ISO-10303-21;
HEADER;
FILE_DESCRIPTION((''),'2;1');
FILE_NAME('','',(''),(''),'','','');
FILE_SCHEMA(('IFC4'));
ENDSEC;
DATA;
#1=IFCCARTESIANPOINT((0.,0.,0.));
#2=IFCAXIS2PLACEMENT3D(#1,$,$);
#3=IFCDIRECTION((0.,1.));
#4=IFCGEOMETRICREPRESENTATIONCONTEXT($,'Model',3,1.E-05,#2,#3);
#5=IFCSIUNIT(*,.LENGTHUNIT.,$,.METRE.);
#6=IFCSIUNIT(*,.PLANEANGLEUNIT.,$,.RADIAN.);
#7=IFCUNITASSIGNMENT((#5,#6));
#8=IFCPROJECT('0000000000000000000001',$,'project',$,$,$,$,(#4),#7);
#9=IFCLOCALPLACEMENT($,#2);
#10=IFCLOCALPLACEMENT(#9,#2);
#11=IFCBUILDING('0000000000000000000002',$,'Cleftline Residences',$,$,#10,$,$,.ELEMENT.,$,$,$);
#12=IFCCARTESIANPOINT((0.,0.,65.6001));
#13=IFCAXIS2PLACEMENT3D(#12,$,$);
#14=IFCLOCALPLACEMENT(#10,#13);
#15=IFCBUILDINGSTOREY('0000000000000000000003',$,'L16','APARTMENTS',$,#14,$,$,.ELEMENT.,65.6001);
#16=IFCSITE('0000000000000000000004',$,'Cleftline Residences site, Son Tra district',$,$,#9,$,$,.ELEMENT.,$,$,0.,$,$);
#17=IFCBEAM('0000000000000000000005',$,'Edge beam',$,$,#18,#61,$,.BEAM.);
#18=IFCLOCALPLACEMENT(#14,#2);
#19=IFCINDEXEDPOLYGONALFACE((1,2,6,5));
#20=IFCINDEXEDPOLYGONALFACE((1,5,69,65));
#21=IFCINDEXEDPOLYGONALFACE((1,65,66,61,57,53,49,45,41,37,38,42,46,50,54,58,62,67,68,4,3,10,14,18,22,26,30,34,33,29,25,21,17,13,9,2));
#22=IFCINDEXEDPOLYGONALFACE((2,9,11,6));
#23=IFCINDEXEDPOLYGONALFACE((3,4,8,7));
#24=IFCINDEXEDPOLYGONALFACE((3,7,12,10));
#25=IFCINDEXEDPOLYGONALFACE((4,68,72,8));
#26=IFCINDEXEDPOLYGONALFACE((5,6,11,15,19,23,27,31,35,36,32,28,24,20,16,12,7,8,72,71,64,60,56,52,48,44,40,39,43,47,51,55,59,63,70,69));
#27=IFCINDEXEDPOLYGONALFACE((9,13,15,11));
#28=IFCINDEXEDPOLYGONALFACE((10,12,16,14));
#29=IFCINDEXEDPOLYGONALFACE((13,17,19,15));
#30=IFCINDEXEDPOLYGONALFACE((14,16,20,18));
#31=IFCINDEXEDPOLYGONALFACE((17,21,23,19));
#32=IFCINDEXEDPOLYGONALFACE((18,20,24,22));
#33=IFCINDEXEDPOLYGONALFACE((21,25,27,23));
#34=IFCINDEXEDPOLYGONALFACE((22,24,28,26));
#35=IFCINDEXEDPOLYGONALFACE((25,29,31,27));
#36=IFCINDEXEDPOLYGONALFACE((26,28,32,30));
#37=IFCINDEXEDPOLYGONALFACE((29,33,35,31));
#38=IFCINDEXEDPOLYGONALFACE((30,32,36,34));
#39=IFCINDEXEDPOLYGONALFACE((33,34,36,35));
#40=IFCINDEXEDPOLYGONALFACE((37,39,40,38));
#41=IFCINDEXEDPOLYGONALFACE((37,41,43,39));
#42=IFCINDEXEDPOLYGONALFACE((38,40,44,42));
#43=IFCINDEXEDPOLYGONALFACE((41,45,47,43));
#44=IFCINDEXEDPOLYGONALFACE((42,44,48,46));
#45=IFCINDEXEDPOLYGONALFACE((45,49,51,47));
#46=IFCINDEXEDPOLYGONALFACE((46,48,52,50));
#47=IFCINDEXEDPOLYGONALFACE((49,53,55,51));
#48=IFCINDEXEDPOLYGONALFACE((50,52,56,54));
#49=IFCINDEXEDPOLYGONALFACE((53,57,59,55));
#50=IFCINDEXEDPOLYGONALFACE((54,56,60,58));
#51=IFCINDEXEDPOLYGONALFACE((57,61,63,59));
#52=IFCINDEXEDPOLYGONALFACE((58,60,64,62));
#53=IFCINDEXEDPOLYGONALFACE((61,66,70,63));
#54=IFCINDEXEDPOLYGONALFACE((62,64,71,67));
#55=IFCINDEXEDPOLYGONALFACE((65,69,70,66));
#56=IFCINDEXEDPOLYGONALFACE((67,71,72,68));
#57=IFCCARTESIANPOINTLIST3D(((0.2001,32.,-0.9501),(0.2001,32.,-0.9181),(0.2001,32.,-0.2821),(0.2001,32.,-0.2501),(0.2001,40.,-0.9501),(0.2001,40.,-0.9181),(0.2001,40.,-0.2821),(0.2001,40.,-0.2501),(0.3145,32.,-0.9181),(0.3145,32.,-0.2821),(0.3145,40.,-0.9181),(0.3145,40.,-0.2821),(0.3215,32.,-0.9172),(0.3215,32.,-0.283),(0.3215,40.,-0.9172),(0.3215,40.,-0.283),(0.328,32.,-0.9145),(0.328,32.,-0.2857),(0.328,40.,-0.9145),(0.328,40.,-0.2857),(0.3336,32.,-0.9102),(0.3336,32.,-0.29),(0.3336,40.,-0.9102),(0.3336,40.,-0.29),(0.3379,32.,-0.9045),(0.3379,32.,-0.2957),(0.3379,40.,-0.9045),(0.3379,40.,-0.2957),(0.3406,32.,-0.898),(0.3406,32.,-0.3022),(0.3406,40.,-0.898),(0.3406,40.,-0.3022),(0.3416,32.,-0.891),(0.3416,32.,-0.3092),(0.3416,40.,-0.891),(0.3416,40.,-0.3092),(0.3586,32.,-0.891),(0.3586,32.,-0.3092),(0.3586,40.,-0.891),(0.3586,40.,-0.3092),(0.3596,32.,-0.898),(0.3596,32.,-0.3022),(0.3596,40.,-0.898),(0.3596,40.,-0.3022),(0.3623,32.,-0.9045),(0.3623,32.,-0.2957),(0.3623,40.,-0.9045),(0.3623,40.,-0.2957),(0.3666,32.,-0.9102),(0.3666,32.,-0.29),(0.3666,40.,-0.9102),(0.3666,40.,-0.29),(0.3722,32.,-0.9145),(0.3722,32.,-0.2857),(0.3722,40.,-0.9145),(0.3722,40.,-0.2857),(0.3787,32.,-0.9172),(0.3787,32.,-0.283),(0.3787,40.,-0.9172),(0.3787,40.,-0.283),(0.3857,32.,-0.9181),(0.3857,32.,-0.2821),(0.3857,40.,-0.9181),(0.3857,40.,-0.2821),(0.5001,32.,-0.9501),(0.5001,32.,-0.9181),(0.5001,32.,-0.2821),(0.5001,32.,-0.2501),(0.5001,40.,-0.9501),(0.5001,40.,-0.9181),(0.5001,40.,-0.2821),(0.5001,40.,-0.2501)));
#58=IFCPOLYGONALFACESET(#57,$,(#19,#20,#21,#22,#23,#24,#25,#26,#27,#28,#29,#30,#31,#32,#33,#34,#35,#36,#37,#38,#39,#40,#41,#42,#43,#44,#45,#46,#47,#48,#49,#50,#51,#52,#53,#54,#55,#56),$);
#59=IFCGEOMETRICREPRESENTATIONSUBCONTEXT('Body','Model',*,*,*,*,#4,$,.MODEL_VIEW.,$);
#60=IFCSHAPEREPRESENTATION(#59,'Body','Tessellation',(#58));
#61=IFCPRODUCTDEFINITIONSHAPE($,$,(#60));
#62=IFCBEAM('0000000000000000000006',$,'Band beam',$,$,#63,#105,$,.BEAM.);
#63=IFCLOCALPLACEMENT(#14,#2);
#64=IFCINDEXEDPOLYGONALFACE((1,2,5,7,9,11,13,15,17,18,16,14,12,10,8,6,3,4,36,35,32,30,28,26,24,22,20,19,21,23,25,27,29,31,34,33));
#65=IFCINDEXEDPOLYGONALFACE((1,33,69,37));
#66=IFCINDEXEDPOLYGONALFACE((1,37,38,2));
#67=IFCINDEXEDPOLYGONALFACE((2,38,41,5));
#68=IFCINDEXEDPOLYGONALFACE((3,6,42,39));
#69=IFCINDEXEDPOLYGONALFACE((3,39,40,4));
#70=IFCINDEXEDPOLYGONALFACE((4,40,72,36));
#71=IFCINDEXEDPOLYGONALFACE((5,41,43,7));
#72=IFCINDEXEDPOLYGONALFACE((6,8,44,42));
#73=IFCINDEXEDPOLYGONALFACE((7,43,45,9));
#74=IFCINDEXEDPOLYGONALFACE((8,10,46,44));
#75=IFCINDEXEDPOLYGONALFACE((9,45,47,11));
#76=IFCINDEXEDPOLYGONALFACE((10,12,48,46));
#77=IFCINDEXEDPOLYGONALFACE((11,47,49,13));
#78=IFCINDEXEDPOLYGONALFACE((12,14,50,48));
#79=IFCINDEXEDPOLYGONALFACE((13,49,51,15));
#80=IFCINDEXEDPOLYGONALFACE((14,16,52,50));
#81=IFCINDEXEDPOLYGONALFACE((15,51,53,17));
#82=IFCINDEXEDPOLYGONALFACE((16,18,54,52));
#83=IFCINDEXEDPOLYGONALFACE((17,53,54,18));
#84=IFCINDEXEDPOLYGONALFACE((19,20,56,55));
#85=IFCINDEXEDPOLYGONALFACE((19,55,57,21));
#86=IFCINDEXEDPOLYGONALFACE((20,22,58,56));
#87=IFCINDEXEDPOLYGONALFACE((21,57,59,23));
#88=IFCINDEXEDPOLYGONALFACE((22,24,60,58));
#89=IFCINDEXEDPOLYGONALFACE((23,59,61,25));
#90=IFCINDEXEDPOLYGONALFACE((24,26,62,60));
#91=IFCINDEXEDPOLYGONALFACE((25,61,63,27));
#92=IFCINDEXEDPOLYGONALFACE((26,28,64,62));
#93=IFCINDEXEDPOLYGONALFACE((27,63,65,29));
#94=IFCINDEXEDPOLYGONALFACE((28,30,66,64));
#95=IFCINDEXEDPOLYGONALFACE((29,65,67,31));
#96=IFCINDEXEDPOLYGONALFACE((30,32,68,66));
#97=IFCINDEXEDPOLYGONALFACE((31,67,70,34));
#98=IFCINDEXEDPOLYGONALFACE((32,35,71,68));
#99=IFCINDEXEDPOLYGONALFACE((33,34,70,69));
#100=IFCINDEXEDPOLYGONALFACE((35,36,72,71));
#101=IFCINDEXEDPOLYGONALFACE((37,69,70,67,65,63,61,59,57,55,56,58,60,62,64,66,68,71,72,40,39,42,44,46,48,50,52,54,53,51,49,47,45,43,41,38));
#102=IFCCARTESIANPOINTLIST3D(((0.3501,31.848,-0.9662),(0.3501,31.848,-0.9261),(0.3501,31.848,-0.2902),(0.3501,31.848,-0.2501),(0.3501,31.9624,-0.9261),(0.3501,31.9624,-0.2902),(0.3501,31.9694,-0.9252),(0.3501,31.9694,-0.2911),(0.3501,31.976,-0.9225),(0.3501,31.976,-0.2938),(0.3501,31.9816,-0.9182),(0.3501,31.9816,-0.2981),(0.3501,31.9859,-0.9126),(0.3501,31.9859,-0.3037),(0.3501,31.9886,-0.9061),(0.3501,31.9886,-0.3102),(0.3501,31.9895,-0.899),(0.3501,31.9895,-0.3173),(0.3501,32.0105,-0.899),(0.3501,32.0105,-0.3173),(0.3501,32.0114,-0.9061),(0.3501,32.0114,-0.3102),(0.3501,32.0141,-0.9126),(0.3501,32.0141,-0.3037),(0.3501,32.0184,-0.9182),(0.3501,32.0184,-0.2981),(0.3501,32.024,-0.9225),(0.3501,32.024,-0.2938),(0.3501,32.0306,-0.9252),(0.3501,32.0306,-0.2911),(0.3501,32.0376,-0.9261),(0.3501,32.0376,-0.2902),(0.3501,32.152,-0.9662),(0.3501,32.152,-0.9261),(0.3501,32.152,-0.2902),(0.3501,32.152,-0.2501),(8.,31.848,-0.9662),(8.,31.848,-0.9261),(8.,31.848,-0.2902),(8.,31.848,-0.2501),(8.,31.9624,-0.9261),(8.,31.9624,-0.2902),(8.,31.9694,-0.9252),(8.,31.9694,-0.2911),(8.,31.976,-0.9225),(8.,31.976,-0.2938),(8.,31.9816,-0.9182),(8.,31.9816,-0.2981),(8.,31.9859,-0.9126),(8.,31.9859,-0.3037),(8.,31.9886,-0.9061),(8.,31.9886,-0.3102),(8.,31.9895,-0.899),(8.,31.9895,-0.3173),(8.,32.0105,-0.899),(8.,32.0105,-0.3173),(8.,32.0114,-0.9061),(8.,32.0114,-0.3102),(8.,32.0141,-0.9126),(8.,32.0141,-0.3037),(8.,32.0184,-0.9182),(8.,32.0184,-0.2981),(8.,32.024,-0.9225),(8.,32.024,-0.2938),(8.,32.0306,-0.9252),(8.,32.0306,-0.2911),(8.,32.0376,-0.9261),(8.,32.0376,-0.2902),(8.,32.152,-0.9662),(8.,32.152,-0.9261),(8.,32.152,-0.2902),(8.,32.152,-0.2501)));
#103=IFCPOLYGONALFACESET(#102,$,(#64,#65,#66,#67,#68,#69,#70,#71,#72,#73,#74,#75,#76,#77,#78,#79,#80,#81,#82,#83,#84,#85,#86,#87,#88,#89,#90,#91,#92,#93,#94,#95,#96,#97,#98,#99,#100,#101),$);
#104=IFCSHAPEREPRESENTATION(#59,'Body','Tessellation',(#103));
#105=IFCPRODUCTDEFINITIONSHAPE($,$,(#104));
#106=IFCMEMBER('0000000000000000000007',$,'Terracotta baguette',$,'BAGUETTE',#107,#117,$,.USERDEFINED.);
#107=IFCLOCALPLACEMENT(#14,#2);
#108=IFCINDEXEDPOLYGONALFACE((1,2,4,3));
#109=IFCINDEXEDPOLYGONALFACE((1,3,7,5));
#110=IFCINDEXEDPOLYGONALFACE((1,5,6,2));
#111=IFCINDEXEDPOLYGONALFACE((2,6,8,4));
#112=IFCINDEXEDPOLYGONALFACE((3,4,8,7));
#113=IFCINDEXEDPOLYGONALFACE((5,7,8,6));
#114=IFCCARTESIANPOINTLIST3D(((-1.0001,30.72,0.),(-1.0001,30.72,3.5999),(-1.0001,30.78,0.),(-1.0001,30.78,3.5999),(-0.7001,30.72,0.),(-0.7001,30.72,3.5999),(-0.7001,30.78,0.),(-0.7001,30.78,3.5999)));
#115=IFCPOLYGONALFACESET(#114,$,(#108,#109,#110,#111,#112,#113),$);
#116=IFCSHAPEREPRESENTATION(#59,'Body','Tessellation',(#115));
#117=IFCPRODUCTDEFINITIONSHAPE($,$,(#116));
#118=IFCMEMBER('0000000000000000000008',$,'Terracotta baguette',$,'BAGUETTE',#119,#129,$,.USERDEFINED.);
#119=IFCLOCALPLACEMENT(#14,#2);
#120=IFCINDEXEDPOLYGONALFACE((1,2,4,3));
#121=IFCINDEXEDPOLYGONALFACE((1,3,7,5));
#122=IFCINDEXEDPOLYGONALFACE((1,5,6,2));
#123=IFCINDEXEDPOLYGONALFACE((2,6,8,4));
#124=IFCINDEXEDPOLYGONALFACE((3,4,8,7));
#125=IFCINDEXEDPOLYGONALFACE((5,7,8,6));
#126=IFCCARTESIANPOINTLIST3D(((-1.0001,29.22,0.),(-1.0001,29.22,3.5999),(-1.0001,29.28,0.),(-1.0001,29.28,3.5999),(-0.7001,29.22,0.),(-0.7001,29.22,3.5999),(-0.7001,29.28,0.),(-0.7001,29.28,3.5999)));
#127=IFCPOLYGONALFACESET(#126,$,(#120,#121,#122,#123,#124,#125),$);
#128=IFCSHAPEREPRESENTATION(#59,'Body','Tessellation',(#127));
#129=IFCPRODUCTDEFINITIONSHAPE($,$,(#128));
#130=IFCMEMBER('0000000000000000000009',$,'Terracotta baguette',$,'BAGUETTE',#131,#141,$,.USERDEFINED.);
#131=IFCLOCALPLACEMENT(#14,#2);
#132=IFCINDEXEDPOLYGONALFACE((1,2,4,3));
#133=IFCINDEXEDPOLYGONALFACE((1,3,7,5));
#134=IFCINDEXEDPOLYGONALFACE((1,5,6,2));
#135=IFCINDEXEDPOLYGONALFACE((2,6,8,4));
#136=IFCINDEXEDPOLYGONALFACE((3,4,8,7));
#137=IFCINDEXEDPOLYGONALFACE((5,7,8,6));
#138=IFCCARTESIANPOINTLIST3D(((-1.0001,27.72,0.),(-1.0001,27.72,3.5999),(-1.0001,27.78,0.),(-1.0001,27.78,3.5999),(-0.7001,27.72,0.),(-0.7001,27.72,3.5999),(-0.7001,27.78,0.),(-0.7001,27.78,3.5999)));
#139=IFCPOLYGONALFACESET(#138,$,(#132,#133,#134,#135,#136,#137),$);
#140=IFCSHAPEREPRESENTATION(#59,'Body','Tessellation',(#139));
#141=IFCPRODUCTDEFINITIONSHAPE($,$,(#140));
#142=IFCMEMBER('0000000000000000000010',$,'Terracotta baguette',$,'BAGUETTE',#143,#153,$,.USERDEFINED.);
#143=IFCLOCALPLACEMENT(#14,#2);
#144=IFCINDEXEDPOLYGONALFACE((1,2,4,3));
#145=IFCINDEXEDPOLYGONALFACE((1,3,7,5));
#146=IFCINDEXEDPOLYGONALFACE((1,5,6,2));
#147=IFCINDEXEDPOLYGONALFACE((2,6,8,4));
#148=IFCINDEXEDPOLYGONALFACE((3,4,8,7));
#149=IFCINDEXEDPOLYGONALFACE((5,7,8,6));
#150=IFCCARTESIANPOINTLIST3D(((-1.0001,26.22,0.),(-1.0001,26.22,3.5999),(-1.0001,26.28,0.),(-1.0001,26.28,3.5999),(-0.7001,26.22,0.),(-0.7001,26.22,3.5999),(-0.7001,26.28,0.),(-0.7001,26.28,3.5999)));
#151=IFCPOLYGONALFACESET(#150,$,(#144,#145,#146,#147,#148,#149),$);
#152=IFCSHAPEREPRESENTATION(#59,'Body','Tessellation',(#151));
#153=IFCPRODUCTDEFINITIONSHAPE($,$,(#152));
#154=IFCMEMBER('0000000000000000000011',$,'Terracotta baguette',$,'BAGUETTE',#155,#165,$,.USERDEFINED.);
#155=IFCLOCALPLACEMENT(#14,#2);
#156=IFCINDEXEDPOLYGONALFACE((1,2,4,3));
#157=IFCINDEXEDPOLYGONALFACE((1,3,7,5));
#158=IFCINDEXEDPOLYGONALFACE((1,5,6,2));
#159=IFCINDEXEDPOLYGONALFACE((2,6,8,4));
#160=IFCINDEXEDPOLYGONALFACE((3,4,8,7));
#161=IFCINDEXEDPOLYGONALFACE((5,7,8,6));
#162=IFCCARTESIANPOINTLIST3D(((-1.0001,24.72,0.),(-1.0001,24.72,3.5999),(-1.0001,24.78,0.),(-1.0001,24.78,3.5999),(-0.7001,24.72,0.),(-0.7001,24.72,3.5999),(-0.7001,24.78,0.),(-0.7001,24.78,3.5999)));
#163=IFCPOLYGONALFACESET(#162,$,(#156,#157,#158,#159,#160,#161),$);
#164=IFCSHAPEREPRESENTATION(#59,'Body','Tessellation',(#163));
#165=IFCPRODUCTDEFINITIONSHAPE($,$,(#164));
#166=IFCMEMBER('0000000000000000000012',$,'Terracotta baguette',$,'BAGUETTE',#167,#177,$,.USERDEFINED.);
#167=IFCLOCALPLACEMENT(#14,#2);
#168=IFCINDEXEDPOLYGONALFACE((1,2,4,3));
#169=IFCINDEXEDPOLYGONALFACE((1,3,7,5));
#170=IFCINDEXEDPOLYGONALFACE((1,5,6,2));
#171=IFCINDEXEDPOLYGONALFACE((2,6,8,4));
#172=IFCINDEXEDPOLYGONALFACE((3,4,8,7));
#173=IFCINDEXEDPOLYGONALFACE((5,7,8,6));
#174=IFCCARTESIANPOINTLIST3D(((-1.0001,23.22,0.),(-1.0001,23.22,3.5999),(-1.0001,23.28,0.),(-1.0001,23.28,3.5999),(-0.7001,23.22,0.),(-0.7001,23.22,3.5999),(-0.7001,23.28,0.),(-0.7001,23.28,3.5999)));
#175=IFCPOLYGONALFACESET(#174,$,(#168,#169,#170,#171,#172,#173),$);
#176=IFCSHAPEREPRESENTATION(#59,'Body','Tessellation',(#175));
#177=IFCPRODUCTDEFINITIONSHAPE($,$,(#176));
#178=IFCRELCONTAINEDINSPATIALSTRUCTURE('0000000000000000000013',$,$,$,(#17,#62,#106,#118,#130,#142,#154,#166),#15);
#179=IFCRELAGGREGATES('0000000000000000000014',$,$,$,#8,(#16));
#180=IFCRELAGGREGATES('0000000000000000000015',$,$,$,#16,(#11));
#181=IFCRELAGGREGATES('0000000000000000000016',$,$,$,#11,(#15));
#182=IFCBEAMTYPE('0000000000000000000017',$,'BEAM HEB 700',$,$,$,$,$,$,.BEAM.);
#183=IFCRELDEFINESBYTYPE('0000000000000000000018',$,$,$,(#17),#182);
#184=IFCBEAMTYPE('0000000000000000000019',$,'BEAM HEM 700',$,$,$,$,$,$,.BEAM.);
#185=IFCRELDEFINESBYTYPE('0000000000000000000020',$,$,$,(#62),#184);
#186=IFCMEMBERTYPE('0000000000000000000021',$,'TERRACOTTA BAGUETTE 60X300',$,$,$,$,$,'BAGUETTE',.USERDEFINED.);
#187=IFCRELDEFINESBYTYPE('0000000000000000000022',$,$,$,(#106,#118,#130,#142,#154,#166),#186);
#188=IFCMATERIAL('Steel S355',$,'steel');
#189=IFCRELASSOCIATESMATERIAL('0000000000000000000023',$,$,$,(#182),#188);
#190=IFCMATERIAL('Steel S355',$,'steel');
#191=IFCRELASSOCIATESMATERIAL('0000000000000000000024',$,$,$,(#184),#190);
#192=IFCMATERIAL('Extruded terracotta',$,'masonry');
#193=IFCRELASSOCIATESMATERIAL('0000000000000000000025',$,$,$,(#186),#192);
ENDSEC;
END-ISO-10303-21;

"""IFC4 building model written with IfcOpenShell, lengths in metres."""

from ifc_helpers import new_model, si_unit, direction, frame, origin, origin_2d, place, context, subcontext, project, spatial, rectangle, i_section, extrude, material, material_profile, profile_set, type_object, element, save


model = new_model("IFC4")

# Units and contexts
model_context = context("Model", 3, precision=1e-05, world=origin(), true_north=direction((0.0, 1.0)))
body_context = subcontext(model_context, "Body", "Model", "MODEL_VIEW")
ifc_project = project(units=[si_unit("LENGTHUNIT", "METRE"), si_unit("PLANEANGLEUNIT", "RADIAN")], contexts=[model_context])

# Site, building, storey
site_placement = place(None, origin())
site = spatial("IfcSite", under=ifc_project, at=site_placement, Name="Cleftline Residences site, Son Tra district", CompositionType="ELEMENT", RefElevation=0.0)
building_placement = place(site_placement, origin())
building = spatial("IfcBuilding", under=site, at=building_placement, Name="Cleftline Residences", CompositionType="ELEMENT")
storey_placement = place(building_placement, frame((0.0, 0.0, 65.6001)))
storey = spatial("IfcBuildingStorey", under=building, at=storey_placement, Name="L16", Description="APARTMENTS", CompositionType="ELEMENT", Elevation=65.6001)

# Beams
ifc_material_1 = material(Name="Steel S355", Category="steel")
ifc_material_profile_1 = material_profile(ifc_material_1, i_section(OverallWidth=0.3, OverallDepth=0.7, WebThickness=0.0171, FlangeThickness=0.032, FilletRadius=0.0271, at=origin_2d()))
ifc_profile_set_1 = profile_set([ifc_material_profile_1], Name="Steel S355")
beam_type_1 = type_object("IfcBeamType", Name="BEAM HEB 700", PredefinedType="BEAM", material=ifc_profile_set_1)
for number, where, z_axis, x_axis, name in (
    (1, (0.3501, 32.0, -0.6001), (0.0, 1.0, 0.0), (-1.0, 0.0, 0.0), "Edge beam"),
):
    element("IfcBeam", number, at=place(storey_placement, frame(where, z_axis=z_axis, x_axis=x_axis)), inside=storey, type_object=beam_type_1, Name=name, PredefinedType="BEAM", context=body_context, shape_type="SweptSolid", body=[
        extrude(i_section(OverallWidth=0.3, OverallDepth=0.7, WebThickness=0.0171, FlangeThickness=0.032, FilletRadius=0.0271, at=origin_2d()), origin(), (0.0, 0.0, 1.0), 8.0),
    ])
ifc_material_2 = material(Name="Steel S355", Category="steel")
ifc_material_profile_2 = material_profile(ifc_material_2, i_section(OverallWidth=0.304, OverallDepth=0.7161, WebThickness=0.021, FlangeThickness=0.04, FilletRadius=0.0271, at=origin_2d()))
ifc_profile_set_2 = profile_set([ifc_material_profile_2], Name="Steel S355")
beam_type_2 = type_object("IfcBeamType", Name="BEAM HEM 700", PredefinedType="BEAM", material=ifc_profile_set_2)
beam_placement = place(storey_placement, frame((0.3501, 32.0, -0.6082), z_axis=(1.0, 0.0, 0.0), x_axis=(0.0, 1.0, 0.0)))
element("IfcBeam", 2, at=beam_placement, inside=storey, type_object=beam_type_2, Name="Band beam", PredefinedType="BEAM", context=body_context, shape_type="SweptSolid", body=[
    extrude(i_section(OverallWidth=0.304, OverallDepth=0.7161, WebThickness=0.021, FlangeThickness=0.04, FilletRadius=0.0271, at=origin_2d()), origin(), (0.0, 0.0, 1.0), 7.6499),
])

# Members
ifc_material_3 = material(Name="Extruded terracotta", Category="masonry")
ifc_material_profile_3 = material_profile(ifc_material_3, rectangle(XDim=0.0601, YDim=0.3, at=origin_2d()))
ifc_profile_set_3 = profile_set([ifc_material_profile_3], Name="Extruded terracotta")
member_type_1 = type_object("IfcMemberType", Name="TERRACOTTA BAGUETTE 60X300", ElementType="BAGUETTE", PredefinedType="USERDEFINED", material=ifc_profile_set_3)
for number, where, z_axis, x_axis, name in (
    (3, (-0.8501, 30.75, 0.0), (0.0, 0.0, 1.0), (0.0, 1.0, 0.0), "Terracotta baguette"),
    (4, (-0.8501, 29.25, 0.0), (0.0, 0.0, 1.0), (0.0, 1.0, 0.0), "Terracotta baguette"),
    (5, (-0.8501, 27.75, 0.0), (0.0, 0.0, 1.0), (0.0, 1.0, 0.0), "Terracotta baguette"),
    (6, (-0.8501, 26.25, 0.0), (0.0, 0.0, 1.0), (0.0, 1.0, 0.0), "Terracotta baguette"),
    (7, (-0.8501, 24.75, 0.0), (0.0, 0.0, 1.0), (0.0, 1.0, 0.0), "Terracotta baguette"),
    (8, (-0.8501, 23.25, 0.0), (0.0, 0.0, 1.0), (0.0, 1.0, 0.0), "Terracotta baguette"),
):
    element("IfcMember", number, at=place(storey_placement, frame(where, z_axis=z_axis, x_axis=x_axis)), inside=storey, type_object=member_type_1, Name=name, ObjectType="BAGUETTE", PredefinedType="USERDEFINED", context=body_context, shape_type="SweptSolid", body=[
        extrude(rectangle(XDim=0.0601, YDim=0.3, at=origin_2d()), origin(), (0.0, 0.0, 1.0), 3.5999),
    ])

save(model, "model.ifc")
